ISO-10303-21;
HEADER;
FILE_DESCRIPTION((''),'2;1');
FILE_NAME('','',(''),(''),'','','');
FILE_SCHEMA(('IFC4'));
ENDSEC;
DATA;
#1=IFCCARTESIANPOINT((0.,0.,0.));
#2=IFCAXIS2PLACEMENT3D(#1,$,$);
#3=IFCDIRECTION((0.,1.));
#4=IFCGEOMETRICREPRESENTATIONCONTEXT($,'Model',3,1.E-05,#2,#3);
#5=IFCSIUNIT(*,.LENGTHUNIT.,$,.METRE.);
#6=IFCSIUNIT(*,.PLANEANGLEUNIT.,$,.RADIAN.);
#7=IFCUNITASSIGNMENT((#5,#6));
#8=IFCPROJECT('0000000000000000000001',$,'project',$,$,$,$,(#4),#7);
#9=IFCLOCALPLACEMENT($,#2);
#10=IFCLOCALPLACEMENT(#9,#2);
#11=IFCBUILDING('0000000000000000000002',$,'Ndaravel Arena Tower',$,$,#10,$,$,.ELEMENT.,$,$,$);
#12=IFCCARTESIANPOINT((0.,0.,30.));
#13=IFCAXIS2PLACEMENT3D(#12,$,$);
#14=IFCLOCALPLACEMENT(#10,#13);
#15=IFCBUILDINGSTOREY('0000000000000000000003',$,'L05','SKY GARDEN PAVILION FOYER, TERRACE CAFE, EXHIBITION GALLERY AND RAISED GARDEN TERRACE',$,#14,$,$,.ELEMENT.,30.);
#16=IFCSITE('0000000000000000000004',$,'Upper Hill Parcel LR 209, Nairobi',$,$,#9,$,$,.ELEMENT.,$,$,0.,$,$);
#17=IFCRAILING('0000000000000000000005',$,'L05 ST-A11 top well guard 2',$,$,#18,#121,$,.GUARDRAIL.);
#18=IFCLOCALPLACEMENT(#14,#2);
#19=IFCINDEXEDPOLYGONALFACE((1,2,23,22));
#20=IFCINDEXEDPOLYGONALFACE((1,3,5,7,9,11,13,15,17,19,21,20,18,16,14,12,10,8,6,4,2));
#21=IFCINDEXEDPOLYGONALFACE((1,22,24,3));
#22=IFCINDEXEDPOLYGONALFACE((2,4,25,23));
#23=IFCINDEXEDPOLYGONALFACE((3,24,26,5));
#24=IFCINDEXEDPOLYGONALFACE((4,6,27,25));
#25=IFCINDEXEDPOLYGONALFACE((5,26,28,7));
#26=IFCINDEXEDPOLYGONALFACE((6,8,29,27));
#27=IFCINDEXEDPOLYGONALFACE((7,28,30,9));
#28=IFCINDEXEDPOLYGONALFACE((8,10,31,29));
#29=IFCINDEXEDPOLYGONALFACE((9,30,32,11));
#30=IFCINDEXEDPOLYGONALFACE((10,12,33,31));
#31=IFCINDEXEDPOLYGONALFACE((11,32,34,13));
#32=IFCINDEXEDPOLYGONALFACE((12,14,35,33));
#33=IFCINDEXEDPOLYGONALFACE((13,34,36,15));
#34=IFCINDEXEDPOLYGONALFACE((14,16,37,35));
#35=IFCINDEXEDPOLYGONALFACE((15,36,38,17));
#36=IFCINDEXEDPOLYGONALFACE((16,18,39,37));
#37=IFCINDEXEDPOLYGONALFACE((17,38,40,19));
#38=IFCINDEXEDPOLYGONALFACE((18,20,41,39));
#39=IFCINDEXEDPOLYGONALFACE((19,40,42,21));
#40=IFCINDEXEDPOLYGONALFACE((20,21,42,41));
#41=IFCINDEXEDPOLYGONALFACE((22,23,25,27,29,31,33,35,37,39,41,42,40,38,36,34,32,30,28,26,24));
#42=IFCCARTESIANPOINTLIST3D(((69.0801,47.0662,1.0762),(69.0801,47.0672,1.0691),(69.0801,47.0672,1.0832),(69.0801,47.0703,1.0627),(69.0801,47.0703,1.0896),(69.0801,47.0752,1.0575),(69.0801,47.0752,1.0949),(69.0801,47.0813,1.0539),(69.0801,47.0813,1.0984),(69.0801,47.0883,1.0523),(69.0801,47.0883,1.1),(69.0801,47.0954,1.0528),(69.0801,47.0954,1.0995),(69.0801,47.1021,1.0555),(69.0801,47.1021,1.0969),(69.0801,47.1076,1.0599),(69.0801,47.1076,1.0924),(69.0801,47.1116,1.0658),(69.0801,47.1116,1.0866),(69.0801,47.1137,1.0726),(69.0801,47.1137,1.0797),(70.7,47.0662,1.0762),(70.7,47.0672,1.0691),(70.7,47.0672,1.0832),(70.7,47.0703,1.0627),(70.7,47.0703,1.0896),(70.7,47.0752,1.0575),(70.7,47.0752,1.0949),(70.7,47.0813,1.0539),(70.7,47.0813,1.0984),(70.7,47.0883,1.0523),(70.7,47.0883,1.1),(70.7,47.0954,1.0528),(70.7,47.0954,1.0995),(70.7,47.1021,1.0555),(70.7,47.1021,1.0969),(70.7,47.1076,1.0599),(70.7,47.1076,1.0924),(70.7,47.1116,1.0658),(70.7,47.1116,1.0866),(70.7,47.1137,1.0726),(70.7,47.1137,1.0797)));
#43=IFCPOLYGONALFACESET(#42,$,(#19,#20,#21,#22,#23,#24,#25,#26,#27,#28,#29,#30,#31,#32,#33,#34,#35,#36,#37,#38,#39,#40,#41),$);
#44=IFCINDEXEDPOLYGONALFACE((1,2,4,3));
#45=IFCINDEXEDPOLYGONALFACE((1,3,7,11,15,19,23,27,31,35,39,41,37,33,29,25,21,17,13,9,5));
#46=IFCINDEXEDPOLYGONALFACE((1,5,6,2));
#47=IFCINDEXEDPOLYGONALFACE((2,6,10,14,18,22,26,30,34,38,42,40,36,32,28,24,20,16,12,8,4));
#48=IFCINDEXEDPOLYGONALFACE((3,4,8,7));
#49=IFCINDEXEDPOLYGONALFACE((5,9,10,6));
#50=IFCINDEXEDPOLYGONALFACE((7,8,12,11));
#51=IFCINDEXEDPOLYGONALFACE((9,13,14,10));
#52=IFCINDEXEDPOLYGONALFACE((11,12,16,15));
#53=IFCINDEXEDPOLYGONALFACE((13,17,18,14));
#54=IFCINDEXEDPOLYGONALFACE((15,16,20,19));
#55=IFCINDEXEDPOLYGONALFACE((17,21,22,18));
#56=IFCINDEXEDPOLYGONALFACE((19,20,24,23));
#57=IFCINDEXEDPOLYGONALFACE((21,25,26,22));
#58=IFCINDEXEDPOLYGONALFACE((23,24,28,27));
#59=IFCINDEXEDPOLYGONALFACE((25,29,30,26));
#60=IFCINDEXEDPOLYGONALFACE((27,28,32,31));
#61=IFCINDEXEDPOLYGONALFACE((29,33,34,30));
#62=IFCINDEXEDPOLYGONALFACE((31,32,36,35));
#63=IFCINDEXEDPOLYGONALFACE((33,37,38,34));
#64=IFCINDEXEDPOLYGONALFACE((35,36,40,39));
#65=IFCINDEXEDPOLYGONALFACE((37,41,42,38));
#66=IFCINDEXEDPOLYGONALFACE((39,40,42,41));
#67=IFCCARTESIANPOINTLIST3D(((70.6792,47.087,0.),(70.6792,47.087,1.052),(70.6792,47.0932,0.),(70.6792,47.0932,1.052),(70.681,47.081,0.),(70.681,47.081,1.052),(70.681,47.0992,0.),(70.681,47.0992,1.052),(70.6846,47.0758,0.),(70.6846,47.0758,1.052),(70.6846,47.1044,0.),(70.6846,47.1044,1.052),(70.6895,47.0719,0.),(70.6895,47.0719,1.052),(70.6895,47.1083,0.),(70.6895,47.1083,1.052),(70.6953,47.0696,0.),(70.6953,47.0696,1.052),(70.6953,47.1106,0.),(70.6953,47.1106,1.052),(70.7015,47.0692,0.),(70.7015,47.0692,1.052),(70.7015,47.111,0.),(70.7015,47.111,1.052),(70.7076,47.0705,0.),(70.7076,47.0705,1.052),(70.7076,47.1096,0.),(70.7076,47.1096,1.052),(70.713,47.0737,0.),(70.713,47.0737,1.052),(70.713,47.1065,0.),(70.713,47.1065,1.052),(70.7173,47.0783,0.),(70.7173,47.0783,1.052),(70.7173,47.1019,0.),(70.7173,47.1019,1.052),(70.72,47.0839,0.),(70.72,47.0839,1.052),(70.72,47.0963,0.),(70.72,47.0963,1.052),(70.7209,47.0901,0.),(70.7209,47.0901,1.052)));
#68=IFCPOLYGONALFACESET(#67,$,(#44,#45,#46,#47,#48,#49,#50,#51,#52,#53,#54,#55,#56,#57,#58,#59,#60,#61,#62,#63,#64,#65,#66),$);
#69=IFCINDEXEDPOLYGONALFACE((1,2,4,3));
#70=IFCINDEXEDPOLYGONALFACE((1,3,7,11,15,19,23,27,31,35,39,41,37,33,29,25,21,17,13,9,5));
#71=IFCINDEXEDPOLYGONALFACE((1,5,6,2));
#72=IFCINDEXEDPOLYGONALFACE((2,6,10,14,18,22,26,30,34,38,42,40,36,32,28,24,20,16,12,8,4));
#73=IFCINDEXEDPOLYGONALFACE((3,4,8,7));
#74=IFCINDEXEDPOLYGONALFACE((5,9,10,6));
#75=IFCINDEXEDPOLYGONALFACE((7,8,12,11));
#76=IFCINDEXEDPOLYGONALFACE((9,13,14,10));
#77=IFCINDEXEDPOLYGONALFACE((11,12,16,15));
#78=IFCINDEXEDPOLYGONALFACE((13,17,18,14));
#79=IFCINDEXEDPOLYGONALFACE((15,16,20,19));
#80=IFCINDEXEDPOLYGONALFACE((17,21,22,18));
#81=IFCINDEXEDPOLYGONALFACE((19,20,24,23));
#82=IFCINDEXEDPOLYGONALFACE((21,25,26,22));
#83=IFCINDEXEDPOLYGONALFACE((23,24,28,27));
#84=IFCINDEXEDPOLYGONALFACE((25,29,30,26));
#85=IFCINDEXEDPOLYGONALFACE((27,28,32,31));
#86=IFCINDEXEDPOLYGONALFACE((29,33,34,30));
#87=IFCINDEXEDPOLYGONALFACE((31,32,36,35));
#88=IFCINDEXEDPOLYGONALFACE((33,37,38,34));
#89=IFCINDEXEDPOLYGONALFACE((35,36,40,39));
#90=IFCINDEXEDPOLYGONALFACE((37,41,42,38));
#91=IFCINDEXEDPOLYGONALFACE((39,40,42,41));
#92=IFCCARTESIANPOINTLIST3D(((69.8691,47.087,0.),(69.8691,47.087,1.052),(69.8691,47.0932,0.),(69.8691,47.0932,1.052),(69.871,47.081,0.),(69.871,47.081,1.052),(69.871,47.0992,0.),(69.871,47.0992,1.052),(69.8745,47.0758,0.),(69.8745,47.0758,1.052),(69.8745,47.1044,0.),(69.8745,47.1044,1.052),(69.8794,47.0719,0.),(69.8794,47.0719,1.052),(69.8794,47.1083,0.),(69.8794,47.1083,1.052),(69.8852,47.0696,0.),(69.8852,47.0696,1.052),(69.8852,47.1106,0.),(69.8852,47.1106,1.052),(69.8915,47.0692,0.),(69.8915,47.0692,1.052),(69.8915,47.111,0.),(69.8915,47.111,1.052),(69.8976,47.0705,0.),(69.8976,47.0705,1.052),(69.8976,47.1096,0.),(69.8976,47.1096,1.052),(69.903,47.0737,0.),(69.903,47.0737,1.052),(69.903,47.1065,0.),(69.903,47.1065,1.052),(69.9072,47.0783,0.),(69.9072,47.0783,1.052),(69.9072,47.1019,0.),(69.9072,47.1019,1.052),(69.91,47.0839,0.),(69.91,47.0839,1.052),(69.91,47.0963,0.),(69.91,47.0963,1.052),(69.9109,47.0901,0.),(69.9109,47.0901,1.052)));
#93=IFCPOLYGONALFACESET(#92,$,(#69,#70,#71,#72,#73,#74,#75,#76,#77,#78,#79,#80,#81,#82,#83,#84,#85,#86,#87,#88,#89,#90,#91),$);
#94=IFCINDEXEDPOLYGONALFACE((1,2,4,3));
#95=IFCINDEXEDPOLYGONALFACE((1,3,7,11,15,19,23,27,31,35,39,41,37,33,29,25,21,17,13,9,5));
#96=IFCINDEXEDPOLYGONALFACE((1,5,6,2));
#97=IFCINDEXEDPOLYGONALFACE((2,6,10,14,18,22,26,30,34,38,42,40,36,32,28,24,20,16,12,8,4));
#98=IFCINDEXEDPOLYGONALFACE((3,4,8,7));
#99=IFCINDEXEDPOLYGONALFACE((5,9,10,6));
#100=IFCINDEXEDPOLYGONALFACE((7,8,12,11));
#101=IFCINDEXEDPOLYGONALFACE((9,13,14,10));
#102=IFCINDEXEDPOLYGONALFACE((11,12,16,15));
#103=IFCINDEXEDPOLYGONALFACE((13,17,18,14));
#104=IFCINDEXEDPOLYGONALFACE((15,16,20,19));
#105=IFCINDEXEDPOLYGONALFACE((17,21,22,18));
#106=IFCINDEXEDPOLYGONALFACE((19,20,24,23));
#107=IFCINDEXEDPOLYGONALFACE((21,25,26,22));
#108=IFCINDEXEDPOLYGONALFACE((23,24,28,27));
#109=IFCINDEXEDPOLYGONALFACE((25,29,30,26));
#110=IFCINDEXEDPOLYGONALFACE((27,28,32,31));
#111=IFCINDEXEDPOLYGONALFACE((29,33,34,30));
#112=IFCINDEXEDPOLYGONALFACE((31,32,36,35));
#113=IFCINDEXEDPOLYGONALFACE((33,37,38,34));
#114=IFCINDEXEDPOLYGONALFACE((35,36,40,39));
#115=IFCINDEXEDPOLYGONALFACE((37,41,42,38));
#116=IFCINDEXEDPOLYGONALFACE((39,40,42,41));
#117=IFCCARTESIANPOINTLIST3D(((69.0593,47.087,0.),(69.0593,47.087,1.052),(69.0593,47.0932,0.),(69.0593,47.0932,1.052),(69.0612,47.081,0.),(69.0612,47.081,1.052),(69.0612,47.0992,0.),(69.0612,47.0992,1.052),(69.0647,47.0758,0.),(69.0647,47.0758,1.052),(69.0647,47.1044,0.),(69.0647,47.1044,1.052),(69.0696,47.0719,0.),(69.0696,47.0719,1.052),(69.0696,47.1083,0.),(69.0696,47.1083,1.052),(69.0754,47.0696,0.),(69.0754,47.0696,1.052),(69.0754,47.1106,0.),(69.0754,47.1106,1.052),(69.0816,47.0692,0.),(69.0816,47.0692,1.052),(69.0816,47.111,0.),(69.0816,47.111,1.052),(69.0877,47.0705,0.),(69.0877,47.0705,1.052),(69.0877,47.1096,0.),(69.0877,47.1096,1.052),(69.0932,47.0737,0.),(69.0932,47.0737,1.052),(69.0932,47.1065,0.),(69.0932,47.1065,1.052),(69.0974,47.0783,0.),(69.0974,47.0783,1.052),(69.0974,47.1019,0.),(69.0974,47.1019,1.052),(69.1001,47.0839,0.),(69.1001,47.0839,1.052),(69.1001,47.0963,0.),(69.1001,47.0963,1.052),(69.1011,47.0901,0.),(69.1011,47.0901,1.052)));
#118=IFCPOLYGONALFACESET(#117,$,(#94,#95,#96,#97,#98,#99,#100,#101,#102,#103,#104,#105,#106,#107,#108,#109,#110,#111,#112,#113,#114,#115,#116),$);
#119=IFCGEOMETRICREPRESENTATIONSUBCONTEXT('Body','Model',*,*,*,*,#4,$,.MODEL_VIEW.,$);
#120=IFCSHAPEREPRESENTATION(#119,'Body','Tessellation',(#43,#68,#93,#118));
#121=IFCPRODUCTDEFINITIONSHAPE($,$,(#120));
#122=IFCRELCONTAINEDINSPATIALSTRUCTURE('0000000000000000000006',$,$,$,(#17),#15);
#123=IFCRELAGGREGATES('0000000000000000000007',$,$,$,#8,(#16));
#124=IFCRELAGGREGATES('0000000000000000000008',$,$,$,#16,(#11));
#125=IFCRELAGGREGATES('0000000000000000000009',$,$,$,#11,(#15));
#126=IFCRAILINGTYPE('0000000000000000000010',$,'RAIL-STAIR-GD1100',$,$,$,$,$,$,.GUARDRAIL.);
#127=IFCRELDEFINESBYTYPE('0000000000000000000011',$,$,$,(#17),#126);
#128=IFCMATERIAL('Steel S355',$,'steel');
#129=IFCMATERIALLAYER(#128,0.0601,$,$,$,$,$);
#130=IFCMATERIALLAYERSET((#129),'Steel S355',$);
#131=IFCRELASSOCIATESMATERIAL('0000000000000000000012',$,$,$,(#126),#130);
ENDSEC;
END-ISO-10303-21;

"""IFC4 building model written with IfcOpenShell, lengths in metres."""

from ifc_helpers import new_model, si_unit, direction, frame, origin, origin_2d, place, context, subcontext, project, spatial, circle, extrude, material, layer, layer_set, type_object, element, save


model = new_model("IFC4")

# Units and contexts
model_context = context("Model", 3, precision=1e-05, world=origin(), true_north=direction((0.0, 1.0)))
body_context = subcontext(model_context, "Body", "Model", "MODEL_VIEW")
ifc_project = project(units=[si_unit("LENGTHUNIT", "METRE"), si_unit("PLANEANGLEUNIT", "RADIAN")], contexts=[model_context])

# Site, building, storey
site_placement = place(None, origin())
site = spatial("IfcSite", under=ifc_project, at=site_placement, Name="Upper Hill Parcel LR 209, Nairobi", CompositionType="ELEMENT", RefElevation=0.0)
building_placement = place(site_placement, origin())
building = spatial("IfcBuilding", under=site, at=building_placement, Name="Ndaravel Arena Tower", CompositionType="ELEMENT")
storey_placement = place(building_placement, frame((0.0, 0.0, 30.0)))
storey = spatial("IfcBuildingStorey", under=building, at=storey_placement, Name="L05", Description="SKY GARDEN PAVILION FOYER, TERRACE CAFE, EXHIBITION GALLERY AND RAISED GARDEN TERRACE", CompositionType="ELEMENT", Elevation=30.0)

# Railing
ifc_material_1 = material(Name="Steel S355", Category="steel")
ifc_layer_1 = layer(ifc_material_1, 0.0601)
ifc_layer_set_1 = layer_set([ifc_layer_1], Name="Steel S355")
railing_type_1 = type_object("IfcRailingType", Name="RAIL-STAIR-GD1100", PredefinedType="GUARDRAIL", material=ifc_layer_set_1)
for number, where, name in (
    (1, (70.7, 47.0901, 0.0), "L05 ST-A11 top well guard 2"),
):
    element("IfcRailing", number, at=place(storey_placement, frame(where)), inside=storey, type_object=railing_type_1, Name=name, PredefinedType="GUARDRAIL", context=body_context, shape_type="SweptSolid", body=[
        extrude(circle(Radius=0.0239, at=origin_2d()), frame((0.0, 0.0, 1.0762), z_axis=(-1.0, 0.0, 0.0), x_axis=(0.0, -1.0, 0.0)), (0.0, 0.0, 1.0), 1.6199),
        extrude(circle(Radius=0.021, at=origin_2d()), origin(), (0.0, 0.0, 1.0), 1.052),
        extrude(circle(Radius=0.021, at=origin_2d()), frame((-0.8101, 0.0, 0.0)), (0.0, 0.0, 1.0), 1.052),
        extrude(circle(Radius=0.021, at=origin_2d()), frame((-1.6199, 0.0, 0.0)), (0.0, 0.0, 1.0), 1.052),
    ])

save(model, "model.ifc")
